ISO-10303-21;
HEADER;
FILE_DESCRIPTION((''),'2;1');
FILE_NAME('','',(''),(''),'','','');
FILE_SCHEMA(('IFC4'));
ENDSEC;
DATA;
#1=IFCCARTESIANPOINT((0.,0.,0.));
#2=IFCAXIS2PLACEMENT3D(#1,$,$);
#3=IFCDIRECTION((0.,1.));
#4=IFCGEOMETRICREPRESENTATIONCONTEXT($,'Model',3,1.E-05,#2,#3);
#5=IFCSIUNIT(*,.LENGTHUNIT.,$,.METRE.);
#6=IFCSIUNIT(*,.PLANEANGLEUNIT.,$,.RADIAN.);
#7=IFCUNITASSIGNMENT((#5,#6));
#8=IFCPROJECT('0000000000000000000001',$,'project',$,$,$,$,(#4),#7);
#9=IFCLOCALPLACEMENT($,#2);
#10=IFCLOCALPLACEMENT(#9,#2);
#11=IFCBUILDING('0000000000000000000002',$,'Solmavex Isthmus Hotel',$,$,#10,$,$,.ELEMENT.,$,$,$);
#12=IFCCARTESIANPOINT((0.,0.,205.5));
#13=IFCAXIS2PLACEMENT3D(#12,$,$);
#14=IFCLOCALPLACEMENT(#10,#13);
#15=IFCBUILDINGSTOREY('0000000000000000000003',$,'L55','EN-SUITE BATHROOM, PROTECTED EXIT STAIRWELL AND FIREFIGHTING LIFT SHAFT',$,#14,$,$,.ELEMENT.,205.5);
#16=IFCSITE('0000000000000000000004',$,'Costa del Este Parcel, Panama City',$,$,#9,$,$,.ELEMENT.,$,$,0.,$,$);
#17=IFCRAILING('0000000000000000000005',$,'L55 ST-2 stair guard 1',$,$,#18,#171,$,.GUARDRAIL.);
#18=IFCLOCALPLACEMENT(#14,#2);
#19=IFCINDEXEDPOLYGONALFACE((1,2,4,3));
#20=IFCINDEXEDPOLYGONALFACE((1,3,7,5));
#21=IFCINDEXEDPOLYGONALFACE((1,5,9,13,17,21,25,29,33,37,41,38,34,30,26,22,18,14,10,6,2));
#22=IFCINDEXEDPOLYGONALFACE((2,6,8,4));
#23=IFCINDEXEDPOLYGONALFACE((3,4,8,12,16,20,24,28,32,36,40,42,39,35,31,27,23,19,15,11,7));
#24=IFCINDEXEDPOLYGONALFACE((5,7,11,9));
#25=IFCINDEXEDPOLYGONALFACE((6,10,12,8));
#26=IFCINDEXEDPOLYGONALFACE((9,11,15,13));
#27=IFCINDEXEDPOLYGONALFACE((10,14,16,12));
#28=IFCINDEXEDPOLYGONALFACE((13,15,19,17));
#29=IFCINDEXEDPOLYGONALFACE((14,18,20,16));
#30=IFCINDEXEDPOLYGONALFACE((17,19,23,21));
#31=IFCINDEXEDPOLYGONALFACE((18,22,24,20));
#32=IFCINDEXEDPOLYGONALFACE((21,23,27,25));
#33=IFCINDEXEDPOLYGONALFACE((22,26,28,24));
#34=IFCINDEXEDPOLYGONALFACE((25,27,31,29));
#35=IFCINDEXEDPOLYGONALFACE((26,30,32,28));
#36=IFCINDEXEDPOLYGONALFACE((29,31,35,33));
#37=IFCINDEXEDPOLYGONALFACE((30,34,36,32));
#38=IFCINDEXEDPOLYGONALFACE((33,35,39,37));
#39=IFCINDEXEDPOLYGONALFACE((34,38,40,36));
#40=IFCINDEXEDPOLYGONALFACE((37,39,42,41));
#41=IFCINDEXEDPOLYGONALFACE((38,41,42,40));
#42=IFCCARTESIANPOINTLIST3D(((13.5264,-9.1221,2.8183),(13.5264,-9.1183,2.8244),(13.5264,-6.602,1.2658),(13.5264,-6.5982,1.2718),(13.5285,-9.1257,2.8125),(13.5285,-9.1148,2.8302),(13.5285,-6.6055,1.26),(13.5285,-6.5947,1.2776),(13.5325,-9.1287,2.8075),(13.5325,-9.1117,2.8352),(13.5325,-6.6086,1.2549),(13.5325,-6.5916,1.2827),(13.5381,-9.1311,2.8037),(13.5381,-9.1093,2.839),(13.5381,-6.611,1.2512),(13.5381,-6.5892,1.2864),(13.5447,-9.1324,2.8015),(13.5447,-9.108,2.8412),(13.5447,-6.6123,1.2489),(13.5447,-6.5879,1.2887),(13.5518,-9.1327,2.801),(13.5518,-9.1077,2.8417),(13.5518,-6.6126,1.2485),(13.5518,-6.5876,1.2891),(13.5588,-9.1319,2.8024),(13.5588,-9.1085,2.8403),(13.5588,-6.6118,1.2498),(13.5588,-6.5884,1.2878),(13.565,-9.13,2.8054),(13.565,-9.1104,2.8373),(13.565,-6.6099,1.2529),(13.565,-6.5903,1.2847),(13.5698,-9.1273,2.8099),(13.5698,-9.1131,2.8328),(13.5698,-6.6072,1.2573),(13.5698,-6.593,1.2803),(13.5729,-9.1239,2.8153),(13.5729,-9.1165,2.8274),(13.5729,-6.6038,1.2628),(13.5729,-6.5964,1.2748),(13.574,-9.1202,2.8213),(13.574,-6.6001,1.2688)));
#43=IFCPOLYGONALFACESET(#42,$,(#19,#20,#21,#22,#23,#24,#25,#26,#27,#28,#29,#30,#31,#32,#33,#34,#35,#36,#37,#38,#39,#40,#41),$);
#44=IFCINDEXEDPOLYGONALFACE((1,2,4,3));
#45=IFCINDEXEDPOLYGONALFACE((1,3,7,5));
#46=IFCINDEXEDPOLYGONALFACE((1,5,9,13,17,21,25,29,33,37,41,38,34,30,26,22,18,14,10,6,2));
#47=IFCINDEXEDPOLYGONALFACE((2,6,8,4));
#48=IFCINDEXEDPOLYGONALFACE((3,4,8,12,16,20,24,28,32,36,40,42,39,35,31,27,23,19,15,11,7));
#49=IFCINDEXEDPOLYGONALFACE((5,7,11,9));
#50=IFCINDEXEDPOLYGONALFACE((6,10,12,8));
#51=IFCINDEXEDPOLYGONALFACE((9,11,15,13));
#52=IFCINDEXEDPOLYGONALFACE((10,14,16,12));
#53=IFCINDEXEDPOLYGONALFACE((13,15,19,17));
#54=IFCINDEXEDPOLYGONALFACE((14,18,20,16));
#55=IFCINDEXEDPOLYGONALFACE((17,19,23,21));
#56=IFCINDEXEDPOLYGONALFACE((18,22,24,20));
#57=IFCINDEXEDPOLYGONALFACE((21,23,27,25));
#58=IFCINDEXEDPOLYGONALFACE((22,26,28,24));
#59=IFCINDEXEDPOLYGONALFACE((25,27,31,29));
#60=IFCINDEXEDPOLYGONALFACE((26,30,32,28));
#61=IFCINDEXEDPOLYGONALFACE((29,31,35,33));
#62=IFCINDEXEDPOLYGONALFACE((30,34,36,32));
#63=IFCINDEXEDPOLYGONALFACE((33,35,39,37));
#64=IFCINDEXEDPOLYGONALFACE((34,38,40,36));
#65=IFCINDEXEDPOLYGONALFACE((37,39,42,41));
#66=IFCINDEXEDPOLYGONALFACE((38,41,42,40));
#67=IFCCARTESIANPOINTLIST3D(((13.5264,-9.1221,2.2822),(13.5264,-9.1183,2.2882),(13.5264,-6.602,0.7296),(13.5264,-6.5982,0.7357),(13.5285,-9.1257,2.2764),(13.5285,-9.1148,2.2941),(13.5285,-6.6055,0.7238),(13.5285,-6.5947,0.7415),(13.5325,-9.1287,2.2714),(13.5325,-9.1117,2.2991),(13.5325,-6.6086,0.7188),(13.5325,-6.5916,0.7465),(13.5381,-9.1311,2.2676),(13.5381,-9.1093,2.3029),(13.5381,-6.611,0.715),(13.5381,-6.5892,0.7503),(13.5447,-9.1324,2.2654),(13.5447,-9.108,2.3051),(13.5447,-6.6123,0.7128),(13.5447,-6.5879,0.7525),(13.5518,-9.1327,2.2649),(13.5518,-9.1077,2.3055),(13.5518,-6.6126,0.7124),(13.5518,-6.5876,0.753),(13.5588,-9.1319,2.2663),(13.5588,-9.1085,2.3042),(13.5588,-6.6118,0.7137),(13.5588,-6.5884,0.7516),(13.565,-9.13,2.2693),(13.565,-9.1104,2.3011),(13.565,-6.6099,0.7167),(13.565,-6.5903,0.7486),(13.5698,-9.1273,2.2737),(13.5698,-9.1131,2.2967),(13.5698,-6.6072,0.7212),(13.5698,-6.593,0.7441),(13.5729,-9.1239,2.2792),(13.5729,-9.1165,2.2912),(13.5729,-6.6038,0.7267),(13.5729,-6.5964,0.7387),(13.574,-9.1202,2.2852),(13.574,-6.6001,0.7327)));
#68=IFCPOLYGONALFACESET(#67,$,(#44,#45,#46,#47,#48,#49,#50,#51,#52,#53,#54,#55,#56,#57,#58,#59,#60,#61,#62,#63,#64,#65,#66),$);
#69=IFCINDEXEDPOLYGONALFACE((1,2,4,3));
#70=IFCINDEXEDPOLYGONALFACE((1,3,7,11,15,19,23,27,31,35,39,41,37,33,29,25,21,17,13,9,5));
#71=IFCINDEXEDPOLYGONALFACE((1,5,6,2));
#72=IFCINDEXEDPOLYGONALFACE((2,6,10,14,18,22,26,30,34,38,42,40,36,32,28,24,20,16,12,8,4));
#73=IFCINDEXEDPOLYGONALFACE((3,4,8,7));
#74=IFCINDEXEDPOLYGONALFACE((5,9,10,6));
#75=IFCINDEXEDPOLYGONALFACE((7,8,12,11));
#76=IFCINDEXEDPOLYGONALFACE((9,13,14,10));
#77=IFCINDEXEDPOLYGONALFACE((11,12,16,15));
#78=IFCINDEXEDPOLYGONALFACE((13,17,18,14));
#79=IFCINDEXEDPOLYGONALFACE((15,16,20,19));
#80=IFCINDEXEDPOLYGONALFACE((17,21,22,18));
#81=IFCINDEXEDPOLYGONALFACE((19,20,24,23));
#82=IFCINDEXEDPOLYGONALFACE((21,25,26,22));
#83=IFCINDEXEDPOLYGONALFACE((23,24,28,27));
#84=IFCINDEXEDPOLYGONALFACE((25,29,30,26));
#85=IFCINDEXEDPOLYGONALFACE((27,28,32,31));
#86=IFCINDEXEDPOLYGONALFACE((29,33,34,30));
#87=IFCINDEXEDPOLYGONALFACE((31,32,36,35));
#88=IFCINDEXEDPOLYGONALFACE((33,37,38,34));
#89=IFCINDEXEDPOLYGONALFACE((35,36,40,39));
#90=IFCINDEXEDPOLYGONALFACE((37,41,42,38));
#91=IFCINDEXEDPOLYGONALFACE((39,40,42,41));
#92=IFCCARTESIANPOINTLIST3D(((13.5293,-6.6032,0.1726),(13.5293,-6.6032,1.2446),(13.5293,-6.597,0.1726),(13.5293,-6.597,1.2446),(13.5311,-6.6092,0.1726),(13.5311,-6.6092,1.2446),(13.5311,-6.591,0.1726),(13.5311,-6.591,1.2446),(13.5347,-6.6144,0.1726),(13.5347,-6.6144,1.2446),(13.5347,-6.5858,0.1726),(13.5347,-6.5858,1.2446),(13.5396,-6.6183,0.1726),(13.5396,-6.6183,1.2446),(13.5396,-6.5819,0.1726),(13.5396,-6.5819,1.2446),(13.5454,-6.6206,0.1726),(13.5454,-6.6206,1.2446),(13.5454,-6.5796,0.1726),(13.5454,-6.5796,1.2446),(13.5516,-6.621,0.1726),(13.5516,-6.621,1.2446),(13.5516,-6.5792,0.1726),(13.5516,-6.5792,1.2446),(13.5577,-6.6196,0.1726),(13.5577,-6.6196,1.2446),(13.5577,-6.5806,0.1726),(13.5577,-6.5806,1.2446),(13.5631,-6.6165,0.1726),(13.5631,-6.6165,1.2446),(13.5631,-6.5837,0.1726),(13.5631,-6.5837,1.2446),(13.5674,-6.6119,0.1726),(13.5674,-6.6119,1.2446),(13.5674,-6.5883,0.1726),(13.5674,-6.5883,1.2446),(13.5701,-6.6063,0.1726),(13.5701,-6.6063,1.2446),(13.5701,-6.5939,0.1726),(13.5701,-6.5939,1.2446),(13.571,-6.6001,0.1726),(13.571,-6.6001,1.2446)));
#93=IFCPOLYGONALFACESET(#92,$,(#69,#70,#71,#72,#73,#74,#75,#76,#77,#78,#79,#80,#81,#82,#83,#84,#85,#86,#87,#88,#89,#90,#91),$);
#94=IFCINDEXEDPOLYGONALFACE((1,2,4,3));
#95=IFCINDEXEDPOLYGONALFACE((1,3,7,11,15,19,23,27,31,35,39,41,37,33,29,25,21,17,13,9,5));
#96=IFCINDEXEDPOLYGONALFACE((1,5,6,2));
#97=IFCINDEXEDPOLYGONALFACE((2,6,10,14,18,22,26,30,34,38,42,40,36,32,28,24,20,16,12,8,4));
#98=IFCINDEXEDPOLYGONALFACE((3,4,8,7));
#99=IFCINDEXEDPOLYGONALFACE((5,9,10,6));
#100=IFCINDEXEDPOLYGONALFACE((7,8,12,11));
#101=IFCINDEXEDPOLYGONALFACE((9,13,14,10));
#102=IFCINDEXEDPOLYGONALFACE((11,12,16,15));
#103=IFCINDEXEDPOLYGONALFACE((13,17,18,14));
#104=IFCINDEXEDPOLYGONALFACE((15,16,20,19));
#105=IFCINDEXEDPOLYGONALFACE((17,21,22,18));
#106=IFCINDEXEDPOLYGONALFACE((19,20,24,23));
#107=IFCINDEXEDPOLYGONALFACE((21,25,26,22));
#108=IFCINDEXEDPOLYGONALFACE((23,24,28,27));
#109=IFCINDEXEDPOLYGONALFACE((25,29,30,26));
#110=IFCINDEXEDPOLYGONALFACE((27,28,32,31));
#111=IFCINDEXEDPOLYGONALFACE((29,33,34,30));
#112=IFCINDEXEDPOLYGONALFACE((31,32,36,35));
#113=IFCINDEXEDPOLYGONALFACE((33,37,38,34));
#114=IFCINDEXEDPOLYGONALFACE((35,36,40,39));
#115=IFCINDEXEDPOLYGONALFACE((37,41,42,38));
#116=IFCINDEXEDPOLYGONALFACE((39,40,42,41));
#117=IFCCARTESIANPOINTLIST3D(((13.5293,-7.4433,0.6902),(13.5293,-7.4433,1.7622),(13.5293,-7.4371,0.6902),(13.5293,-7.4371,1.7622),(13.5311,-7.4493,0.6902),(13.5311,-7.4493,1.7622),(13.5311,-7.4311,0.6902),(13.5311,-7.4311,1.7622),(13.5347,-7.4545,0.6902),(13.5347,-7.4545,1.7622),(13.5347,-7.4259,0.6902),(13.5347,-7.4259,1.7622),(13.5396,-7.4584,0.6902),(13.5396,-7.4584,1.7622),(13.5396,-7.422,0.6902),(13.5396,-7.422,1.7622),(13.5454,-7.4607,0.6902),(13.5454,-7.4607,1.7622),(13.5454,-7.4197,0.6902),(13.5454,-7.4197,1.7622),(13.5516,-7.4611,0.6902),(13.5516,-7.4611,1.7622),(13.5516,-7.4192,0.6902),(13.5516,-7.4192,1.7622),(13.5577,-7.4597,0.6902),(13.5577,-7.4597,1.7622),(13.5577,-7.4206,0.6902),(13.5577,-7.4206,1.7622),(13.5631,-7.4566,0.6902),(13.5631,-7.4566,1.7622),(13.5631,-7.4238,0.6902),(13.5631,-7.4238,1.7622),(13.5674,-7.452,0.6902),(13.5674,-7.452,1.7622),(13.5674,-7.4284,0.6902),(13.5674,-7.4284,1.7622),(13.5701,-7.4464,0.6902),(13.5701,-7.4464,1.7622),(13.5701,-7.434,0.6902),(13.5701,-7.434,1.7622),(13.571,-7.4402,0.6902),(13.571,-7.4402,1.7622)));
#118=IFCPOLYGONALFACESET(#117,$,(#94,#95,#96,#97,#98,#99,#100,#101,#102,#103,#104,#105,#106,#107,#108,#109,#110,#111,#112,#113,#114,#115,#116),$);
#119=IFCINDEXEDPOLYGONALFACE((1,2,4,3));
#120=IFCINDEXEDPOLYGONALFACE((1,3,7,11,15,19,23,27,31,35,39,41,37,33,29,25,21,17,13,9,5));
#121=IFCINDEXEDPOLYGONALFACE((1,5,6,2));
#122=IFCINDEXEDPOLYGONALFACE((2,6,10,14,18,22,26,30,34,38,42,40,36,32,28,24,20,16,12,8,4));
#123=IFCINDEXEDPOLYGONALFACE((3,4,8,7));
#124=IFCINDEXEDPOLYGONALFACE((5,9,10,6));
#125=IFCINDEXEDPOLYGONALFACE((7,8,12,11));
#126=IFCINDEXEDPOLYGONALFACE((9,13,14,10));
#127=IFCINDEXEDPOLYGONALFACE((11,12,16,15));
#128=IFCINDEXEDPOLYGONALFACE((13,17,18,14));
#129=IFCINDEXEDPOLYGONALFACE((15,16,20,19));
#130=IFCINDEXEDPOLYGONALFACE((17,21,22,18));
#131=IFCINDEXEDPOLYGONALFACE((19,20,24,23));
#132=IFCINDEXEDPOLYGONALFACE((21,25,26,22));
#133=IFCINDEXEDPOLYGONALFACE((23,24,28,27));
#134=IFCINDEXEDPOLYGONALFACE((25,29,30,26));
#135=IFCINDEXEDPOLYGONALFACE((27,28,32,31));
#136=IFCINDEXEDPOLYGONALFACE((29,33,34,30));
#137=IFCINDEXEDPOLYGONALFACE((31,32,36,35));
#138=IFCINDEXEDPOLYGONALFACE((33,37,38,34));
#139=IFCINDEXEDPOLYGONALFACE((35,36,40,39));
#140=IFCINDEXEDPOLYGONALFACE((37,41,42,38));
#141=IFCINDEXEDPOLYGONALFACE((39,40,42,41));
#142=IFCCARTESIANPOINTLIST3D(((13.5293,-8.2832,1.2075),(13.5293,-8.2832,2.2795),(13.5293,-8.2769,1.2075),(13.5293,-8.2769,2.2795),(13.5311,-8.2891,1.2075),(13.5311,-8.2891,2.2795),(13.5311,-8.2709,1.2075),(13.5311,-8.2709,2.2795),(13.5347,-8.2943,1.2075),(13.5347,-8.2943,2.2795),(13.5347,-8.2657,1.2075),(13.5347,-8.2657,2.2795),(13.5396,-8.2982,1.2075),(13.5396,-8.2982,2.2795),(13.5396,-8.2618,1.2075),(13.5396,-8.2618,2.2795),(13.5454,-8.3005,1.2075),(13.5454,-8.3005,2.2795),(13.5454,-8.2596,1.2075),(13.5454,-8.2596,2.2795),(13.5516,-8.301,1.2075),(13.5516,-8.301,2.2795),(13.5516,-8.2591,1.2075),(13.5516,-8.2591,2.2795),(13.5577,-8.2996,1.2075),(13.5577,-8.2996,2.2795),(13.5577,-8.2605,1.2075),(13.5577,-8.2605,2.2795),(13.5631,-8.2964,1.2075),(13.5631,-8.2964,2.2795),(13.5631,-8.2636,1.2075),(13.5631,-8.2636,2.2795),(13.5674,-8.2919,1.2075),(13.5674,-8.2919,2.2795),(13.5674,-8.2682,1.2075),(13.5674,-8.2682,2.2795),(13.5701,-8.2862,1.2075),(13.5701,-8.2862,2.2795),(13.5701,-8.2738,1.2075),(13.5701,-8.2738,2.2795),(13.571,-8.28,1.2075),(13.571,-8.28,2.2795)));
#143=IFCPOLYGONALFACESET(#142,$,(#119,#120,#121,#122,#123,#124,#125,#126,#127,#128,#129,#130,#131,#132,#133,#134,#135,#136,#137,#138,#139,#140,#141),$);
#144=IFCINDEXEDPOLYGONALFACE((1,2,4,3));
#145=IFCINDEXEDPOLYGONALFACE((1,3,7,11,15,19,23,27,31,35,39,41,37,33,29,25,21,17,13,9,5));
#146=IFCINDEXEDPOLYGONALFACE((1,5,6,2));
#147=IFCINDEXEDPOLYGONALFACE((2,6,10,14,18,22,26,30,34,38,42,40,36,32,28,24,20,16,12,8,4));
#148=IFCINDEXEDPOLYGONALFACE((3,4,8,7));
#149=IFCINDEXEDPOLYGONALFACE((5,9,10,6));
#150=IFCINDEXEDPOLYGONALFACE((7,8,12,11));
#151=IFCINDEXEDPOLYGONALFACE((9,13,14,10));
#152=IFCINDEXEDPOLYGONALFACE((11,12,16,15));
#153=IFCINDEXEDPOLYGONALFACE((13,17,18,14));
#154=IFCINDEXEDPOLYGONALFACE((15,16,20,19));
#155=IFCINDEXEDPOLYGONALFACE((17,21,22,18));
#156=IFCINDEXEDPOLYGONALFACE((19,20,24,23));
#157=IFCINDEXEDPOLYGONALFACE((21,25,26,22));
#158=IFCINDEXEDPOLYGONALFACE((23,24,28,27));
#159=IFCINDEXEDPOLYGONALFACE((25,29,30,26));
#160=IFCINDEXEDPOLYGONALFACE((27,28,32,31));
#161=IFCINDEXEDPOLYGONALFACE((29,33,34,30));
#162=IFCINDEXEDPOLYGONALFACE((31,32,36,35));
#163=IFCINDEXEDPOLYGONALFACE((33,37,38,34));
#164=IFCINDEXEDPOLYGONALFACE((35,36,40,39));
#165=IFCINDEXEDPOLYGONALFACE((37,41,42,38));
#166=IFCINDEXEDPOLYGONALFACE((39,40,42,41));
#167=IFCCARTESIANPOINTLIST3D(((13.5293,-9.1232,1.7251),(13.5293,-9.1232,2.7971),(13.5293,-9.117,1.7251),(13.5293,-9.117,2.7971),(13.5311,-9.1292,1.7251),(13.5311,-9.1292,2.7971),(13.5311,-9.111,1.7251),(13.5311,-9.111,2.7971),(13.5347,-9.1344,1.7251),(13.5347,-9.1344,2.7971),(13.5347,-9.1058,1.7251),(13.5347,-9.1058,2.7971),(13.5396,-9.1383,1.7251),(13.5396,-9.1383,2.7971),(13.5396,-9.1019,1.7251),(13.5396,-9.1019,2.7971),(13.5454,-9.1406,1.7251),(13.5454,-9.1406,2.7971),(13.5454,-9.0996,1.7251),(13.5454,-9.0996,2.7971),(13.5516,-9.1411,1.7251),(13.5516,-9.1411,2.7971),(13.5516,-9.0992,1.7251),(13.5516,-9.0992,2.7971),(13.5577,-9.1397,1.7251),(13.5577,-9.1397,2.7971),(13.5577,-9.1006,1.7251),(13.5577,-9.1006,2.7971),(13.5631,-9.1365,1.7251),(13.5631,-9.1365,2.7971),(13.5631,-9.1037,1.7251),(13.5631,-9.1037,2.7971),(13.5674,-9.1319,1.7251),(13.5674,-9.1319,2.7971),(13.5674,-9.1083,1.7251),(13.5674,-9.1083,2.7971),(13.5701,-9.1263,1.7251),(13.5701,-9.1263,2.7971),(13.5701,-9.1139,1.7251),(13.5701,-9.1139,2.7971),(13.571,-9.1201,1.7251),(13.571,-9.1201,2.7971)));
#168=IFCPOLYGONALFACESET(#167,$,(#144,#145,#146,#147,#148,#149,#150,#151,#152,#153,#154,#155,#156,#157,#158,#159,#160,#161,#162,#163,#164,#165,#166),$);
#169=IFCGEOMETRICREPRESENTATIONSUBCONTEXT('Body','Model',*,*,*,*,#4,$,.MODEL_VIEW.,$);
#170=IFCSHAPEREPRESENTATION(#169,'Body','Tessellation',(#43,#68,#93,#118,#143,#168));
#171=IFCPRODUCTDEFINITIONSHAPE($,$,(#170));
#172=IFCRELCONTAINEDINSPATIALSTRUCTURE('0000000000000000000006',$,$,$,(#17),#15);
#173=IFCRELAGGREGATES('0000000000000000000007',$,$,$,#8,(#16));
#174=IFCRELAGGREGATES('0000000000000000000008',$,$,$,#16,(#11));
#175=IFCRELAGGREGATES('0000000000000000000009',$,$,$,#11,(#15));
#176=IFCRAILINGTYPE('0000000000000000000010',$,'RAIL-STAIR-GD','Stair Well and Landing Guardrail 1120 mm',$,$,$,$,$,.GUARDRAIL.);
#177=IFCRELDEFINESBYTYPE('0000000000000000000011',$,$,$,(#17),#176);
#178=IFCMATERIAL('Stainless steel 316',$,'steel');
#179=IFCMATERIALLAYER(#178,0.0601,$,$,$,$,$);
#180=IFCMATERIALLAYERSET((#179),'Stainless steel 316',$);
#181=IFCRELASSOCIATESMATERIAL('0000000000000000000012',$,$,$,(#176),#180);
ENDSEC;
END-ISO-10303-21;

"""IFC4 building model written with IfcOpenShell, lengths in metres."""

from ifc_helpers import new_model, si_unit, direction, frame, origin, origin_2d, place, context, subcontext, project, spatial, circle, extrude, material, layer, layer_set, type_object, element, save


model = new_model("IFC4")

# Units and contexts
model_context = context("Model", 3, precision=1e-05, world=origin(), true_north=direction((0.0, 1.0)))
body_context = subcontext(model_context, "Body", "Model", "MODEL_VIEW")
ifc_project = project(units=[si_unit("LENGTHUNIT", "METRE"), si_unit("PLANEANGLEUNIT", "RADIAN")], contexts=[model_context])

# Site, building, storey
site_placement = place(None, origin())
site = spatial("IfcSite", under=ifc_project, at=site_placement, Name="Costa del Este Parcel, Panama City", CompositionType="ELEMENT", RefElevation=0.0)
building_placement = place(site_placement, origin())
building = spatial("IfcBuilding", under=site, at=building_placement, Name="Solmavex Isthmus Hotel", CompositionType="ELEMENT")
storey_placement = place(building_placement, frame((0.0, 0.0, 205.5)))
storey = spatial("IfcBuildingStorey", under=building, at=storey_placement, Name="L55", Description="EN-SUITE BATHROOM, PROTECTED EXIT STAIRWELL AND FIREFIGHTING LIFT SHAFT", CompositionType="ELEMENT", Elevation=205.5)

# Railing
ifc_material_1 = material(Name="Stainless steel 316", Category="steel")
ifc_layer_1 = layer(ifc_material_1, 0.0601)
ifc_layer_set_1 = layer_set([ifc_layer_1], Name="Stainless steel 316")
railing_type_1 = type_object("IfcRailingType", Name="RAIL-STAIR-GD", Description="Stair Well and Landing Guardrail 1120 mm", PredefinedType="GUARDRAIL", material=ifc_layer_set_1)
railing_1_placement = place(storey_placement, frame((13.55, -6.6001, 0.1726)))
element("IfcRailing", 1, at=railing_1_placement, inside=storey, type_object=railing_type_1, Name="L55 ST-2 stair guard 1", PredefinedType="GUARDRAIL", context=body_context, shape_type="SweptSolid", body=[
    extrude(circle(Radius=0.0239, at=origin_2d()), frame((0.0, 0.0, 1.0962), z_axis=(0.0, -0.8514, 0.524516), x_axis=(1.0, 0.0, 0.0)), (0.0, 0.0, 1.0), 2.96),
    extrude(circle(Radius=0.0239, at=origin_2d()), frame((0.0, 0.0, 0.5601), z_axis=(0.0, -0.8514, 0.524516), x_axis=(1.0, 0.0, 0.0)), (0.0, 0.0, 1.0), 2.96),
    extrude(circle(Radius=0.021, at=origin_2d()), origin(), (0.0, 0.0, 1.0), 1.072),
    extrude(circle(Radius=0.021, at=origin_2d()), frame((0.0, -0.8401, 0.5176)), (0.0, 0.0, 1.0), 1.072),
    extrude(circle(Radius=0.021, at=origin_2d()), frame((0.0, -1.6799, 1.0349)), (0.0, 0.0, 1.0), 1.072),
    extrude(circle(Radius=0.021, at=origin_2d()), frame((0.0, -2.52, 1.5525)), (0.0, 0.0, 1.0), 1.072),
])

save(model, "model.ifc")
